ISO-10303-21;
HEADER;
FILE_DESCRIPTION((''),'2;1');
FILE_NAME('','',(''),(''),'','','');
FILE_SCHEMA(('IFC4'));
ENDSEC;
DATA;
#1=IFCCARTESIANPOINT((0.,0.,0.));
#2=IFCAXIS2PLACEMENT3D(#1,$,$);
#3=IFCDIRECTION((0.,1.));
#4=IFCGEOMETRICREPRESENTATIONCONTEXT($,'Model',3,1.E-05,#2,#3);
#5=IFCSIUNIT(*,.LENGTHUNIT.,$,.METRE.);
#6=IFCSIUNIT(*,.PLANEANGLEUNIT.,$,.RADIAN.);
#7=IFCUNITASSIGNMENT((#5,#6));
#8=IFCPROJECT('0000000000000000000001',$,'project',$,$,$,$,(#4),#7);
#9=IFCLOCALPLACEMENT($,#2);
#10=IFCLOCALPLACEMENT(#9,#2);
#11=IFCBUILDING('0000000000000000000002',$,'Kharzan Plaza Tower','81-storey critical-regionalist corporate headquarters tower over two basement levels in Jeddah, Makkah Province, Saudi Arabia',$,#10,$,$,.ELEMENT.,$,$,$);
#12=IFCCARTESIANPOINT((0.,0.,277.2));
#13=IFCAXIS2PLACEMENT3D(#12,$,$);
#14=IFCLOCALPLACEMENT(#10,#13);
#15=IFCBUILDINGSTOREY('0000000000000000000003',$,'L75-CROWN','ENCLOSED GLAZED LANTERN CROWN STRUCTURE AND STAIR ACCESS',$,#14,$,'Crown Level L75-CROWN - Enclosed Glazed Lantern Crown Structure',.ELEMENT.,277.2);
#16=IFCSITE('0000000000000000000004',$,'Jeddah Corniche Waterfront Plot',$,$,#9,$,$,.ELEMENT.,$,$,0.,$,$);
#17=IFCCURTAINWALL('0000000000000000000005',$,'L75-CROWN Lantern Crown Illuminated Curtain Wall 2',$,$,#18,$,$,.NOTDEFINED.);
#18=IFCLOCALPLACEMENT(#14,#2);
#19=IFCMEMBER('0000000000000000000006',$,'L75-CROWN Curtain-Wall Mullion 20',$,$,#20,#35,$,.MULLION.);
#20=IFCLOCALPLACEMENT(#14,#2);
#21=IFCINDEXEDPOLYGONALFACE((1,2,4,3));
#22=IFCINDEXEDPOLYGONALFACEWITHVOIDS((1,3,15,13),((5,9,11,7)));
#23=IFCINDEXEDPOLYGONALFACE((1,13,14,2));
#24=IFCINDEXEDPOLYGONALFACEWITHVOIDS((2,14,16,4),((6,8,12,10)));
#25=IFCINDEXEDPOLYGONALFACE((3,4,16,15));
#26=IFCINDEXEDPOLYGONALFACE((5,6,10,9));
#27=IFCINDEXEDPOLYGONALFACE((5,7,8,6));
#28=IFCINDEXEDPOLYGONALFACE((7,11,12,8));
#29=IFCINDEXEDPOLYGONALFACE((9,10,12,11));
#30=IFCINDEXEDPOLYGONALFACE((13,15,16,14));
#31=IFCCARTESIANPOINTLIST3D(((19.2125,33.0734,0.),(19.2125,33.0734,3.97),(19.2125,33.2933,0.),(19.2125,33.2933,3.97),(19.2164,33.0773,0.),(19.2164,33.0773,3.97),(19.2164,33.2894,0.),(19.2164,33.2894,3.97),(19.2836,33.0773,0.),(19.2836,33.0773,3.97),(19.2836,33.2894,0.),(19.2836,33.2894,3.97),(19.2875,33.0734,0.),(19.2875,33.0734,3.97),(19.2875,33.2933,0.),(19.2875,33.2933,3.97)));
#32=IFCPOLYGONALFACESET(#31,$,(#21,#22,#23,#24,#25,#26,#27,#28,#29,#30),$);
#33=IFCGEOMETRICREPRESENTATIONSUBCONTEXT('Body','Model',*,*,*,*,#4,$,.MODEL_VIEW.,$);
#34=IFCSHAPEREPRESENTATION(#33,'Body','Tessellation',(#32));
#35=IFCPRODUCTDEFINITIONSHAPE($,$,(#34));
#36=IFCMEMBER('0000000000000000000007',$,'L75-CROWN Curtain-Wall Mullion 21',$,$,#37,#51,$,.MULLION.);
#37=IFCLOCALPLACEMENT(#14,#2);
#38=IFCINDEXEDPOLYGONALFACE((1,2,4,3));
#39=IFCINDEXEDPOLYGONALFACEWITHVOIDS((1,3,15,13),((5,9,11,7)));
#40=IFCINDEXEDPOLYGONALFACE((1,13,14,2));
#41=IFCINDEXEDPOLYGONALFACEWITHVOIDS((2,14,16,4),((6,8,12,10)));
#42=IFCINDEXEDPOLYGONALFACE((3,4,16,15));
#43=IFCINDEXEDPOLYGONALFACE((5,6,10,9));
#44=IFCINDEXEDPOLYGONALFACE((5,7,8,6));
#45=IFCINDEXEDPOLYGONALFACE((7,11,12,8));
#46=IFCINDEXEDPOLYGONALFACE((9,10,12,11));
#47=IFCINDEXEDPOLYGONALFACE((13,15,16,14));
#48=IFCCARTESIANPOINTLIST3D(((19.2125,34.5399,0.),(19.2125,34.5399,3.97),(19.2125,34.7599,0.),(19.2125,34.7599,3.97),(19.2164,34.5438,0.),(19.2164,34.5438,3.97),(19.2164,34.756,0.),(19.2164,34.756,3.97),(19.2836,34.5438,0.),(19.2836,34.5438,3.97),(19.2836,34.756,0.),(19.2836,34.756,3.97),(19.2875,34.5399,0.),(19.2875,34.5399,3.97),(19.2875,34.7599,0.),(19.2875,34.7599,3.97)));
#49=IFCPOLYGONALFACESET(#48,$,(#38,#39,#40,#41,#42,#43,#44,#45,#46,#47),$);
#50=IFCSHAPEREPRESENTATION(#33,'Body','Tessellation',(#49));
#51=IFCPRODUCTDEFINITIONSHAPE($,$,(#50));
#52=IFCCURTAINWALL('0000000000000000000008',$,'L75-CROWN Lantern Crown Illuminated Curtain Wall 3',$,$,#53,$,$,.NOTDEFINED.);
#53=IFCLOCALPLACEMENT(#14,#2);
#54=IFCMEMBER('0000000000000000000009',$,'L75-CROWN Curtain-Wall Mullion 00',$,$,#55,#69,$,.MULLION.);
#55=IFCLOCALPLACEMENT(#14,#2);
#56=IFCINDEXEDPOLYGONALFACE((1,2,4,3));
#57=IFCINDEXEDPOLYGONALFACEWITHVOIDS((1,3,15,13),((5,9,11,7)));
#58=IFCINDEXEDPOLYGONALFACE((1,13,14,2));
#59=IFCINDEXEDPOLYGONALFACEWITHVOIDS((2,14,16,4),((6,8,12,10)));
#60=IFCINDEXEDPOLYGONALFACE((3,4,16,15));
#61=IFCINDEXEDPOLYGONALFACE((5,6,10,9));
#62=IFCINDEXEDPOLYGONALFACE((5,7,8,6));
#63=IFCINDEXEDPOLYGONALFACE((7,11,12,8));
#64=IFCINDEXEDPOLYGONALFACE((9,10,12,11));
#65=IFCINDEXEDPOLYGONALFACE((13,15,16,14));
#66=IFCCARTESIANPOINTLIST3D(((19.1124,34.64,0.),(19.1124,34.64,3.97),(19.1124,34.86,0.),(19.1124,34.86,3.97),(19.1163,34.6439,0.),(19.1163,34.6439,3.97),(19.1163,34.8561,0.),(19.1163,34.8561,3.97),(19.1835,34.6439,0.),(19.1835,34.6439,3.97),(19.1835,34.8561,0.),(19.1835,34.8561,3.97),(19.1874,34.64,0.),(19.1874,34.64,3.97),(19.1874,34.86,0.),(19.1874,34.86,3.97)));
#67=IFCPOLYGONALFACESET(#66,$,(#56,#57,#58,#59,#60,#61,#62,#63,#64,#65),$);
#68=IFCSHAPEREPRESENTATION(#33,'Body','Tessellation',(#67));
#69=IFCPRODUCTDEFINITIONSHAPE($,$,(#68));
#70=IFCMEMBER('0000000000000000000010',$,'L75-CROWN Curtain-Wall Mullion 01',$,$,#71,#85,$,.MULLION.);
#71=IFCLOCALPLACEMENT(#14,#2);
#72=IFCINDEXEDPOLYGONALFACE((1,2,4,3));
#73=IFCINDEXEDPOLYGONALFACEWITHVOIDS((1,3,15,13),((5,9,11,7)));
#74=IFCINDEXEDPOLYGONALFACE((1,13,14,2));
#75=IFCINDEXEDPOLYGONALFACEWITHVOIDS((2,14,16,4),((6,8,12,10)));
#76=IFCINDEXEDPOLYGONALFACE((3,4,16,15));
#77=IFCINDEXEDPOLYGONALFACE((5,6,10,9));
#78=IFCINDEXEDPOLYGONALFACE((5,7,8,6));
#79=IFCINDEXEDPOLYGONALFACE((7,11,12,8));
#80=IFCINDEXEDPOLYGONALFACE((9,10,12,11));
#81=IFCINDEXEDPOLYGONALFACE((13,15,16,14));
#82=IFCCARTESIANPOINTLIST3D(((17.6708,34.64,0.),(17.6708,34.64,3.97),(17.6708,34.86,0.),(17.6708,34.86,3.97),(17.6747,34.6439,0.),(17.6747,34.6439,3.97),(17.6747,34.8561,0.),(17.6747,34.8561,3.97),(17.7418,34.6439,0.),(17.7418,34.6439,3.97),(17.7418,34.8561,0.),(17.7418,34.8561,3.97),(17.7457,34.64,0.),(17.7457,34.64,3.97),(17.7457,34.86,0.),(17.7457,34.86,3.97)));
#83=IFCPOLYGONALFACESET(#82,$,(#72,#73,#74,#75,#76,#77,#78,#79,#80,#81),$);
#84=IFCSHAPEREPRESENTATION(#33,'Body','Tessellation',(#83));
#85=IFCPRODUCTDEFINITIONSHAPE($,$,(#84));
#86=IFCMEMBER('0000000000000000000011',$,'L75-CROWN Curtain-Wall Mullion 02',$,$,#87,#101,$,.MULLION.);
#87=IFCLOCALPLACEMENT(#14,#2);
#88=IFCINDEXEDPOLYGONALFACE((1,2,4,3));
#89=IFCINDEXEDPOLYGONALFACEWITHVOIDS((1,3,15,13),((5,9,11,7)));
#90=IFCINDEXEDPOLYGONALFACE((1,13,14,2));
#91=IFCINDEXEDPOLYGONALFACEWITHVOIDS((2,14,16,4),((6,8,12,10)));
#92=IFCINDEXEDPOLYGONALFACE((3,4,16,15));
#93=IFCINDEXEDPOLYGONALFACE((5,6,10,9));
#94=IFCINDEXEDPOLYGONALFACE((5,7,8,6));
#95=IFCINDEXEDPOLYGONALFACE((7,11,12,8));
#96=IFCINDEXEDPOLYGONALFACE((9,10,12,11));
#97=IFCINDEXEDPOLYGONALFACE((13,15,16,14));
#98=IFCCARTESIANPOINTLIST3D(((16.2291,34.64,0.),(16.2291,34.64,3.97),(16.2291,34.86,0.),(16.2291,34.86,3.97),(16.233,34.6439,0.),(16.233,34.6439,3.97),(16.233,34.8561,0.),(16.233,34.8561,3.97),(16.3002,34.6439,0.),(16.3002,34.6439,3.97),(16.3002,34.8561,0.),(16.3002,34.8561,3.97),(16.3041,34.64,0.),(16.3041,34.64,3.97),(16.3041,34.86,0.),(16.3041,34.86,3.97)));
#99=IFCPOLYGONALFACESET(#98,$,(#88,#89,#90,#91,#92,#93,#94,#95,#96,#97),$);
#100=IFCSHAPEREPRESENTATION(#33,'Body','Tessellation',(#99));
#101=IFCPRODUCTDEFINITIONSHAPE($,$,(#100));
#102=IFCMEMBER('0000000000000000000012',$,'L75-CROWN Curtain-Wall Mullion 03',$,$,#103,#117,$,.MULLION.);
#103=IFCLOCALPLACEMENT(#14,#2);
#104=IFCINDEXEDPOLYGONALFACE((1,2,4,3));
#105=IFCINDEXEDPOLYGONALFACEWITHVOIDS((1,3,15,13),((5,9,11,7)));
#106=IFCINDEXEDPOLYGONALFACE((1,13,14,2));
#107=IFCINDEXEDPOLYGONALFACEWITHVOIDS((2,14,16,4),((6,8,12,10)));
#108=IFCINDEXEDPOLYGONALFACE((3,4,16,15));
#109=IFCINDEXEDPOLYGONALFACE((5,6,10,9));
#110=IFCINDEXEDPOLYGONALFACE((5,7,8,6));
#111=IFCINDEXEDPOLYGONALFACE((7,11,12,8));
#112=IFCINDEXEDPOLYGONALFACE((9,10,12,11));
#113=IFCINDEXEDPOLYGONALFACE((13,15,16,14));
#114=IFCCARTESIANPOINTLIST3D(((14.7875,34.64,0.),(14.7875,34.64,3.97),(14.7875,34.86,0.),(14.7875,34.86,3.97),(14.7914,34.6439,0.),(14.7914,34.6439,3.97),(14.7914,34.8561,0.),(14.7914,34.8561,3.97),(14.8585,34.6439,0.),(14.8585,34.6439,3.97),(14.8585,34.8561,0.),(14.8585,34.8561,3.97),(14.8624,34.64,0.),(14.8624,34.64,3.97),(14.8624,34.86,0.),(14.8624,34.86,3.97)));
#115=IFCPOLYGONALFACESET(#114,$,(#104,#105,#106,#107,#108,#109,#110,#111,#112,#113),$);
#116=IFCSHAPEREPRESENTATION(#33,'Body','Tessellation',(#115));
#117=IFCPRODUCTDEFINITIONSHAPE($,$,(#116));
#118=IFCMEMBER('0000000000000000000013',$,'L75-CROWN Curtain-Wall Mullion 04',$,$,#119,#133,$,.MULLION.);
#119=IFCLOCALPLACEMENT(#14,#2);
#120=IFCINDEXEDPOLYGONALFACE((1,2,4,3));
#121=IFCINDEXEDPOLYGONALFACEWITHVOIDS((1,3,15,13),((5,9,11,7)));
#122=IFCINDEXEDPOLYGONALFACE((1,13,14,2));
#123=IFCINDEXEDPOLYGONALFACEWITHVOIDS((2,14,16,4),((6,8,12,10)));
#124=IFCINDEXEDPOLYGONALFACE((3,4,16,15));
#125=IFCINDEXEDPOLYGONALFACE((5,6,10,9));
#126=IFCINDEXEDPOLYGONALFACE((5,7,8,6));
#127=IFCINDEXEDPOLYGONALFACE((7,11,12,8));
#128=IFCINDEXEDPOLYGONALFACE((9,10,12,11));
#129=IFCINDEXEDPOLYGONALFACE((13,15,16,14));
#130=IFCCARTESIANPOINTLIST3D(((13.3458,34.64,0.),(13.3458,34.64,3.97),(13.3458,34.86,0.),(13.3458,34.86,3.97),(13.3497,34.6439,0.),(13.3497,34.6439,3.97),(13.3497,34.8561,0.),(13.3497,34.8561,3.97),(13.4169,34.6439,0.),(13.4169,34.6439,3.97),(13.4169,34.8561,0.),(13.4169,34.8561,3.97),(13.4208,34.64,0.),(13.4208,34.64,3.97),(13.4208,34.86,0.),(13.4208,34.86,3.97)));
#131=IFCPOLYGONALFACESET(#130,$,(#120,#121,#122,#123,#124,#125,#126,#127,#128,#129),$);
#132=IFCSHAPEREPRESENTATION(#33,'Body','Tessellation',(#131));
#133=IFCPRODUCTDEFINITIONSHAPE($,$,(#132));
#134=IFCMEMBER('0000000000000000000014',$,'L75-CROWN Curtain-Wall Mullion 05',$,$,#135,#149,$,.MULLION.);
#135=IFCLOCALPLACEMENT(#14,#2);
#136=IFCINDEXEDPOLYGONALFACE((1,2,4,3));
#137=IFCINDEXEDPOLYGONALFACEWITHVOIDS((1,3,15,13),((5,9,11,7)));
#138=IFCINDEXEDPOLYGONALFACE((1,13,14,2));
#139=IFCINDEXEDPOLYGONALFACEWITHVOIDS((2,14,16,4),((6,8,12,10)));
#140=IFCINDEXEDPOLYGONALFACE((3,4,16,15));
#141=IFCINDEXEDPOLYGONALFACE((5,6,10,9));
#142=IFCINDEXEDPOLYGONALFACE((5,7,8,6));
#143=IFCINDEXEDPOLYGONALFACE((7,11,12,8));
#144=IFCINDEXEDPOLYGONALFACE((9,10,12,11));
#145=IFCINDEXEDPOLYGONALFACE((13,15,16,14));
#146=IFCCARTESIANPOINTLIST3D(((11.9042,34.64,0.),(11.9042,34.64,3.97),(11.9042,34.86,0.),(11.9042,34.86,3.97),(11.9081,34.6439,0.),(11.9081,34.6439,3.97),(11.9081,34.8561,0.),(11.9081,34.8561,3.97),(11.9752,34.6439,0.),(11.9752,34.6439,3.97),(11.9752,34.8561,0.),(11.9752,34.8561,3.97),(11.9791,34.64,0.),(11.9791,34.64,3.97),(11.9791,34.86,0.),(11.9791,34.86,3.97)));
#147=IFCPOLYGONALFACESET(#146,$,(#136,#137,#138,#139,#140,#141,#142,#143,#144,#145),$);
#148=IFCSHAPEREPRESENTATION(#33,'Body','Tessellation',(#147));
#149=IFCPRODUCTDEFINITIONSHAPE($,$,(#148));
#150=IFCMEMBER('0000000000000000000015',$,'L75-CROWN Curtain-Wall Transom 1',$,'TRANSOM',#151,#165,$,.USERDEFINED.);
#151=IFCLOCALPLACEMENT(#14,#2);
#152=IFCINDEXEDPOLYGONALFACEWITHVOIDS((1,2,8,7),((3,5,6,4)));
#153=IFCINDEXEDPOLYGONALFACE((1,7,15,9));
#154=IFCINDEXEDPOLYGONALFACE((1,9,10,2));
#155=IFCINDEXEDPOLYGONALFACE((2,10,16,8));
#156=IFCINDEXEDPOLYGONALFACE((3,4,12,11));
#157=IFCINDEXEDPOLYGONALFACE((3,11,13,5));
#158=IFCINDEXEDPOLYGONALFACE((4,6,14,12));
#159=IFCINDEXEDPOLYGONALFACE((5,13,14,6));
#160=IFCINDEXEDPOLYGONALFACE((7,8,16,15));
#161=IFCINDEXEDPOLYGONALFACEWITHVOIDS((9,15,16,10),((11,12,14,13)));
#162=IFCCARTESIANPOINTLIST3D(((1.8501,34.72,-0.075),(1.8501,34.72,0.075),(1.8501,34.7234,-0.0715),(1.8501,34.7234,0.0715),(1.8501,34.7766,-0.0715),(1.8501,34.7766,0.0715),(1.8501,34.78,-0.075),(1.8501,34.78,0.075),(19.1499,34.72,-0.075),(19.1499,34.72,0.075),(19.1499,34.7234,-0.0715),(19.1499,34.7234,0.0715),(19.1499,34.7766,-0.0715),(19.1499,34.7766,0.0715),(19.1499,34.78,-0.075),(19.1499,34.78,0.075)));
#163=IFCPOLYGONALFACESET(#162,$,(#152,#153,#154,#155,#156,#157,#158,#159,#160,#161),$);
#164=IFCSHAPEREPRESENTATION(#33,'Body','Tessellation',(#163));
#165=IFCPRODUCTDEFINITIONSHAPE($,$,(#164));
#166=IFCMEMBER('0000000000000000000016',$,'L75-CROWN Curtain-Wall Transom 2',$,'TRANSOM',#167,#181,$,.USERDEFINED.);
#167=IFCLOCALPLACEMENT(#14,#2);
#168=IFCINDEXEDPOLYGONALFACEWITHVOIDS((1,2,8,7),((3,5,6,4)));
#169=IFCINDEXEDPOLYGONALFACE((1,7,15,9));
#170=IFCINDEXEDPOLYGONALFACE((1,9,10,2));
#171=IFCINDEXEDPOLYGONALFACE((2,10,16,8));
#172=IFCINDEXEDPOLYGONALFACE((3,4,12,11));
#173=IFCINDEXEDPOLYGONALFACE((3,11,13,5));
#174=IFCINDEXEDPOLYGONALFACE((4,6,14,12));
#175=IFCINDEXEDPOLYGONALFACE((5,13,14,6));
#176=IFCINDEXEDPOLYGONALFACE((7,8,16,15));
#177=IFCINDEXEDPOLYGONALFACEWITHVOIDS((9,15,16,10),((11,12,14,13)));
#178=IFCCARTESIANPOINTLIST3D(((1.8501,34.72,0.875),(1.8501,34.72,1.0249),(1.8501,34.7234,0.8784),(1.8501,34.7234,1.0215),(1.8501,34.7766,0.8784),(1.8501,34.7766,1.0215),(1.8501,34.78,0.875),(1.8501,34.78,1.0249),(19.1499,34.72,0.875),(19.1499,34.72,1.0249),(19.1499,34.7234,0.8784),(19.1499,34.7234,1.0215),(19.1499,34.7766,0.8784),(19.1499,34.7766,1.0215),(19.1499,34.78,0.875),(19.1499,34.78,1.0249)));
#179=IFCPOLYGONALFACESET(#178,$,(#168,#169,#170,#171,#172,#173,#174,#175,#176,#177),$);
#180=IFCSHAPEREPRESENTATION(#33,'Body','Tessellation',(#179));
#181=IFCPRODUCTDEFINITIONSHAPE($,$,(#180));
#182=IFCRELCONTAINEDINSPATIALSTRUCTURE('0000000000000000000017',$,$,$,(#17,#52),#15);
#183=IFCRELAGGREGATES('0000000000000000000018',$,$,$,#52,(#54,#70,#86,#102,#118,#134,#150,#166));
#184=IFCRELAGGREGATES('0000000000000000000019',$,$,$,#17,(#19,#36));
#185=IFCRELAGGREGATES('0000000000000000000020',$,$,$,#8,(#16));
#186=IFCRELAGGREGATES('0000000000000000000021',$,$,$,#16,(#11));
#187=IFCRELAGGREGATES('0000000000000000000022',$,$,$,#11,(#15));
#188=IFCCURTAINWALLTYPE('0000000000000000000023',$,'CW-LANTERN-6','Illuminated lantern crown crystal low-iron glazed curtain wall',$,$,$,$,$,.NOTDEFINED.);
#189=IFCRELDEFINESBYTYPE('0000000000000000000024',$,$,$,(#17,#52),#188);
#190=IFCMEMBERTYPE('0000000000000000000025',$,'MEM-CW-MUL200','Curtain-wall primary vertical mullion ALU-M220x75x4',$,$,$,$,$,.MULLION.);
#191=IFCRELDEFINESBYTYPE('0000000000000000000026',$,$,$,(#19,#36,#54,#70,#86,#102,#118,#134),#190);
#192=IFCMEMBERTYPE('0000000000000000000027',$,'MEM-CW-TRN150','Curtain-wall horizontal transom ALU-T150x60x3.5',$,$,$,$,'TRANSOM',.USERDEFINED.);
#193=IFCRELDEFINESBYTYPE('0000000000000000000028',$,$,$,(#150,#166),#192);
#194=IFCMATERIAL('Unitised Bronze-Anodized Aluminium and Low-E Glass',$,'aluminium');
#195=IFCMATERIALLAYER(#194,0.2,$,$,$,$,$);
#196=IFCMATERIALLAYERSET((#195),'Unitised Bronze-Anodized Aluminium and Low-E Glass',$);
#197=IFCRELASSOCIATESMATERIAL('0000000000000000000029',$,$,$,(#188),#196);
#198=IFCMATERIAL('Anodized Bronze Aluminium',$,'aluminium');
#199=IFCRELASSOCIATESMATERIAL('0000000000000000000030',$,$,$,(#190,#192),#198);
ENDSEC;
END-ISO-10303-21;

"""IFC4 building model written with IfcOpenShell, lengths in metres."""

from ifc_helpers import new_model, si_unit, direction, frame, origin, origin_2d, place, context, subcontext, project, spatial, hollow_rectangle, extrude, source, transform, mapped, material, layer, layer_set, material_profile, profile_set, type_object, element, aggregate, save


model = new_model("IFC4")

# Units and contexts
model_context = context("Model", 3, precision=1e-05, world=origin(), true_north=direction((0.0, 1.0)))
body_context = subcontext(model_context, "Body", "Model", "MODEL_VIEW")
ifc_project = project(units=[si_unit("LENGTHUNIT", "METRE"), si_unit("PLANEANGLEUNIT", "RADIAN")], contexts=[model_context])

# Site, building, storey
site_placement = place(None, origin())
site = spatial("IfcSite", under=ifc_project, at=site_placement, Name="Jeddah Corniche Waterfront Plot", CompositionType="ELEMENT", RefElevation=0.0)
building_placement = place(site_placement, origin())
building = spatial("IfcBuilding", under=site, at=building_placement, Name="Kharzan Plaza Tower", Description="81-storey critical-regionalist corporate headquarters tower over two basement levels in Jeddah, Makkah Province, Saudi Arabia", CompositionType="ELEMENT")
storey_placement = place(building_placement, frame((0.0, 0.0, 277.2)))
storey = spatial("IfcBuildingStorey", under=building, at=storey_placement, Name="L75-CROWN", Description="ENCLOSED GLAZED LANTERN CROWN STRUCTURE AND STAIR ACCESS", LongName="Crown Level L75-CROWN - Enclosed Glazed Lantern Crown Structure", CompositionType="ELEMENT", Elevation=277.2)

# Curtain wall, members
ifc_material_1 = material(Name="Unitised Bronze-Anodized Aluminium and Low-E Glass", Category="aluminium")
ifc_layer_1 = layer(ifc_material_1, 0.2)
ifc_layer_set_1 = layer_set([ifc_layer_1], Name="Unitised Bronze-Anodized Aluminium and Low-E Glass")
curtain_wall_type = type_object("IfcCurtainWallType", Name="CW-LANTERN-6", Description="Illuminated lantern crown crystal low-iron glazed curtain wall", PredefinedType="NOTDEFINED", material=ifc_layer_set_1)
curtain_wall_1_placement = place(storey_placement, origin())
curtain_wall_1 = element("IfcCurtainWall", 1, at=curtain_wall_1_placement, inside=storey, type_object=curtain_wall_type, Name="L75-CROWN Lantern Crown Illuminated Curtain Wall 2", PredefinedType="NOTDEFINED")
ifc_material_2 = material(Name="Anodized Bronze Aluminium", Category="aluminium")
ifc_material_profile_1 = material_profile(ifc_material_2, hollow_rectangle(XDim=0.075, YDim=0.22, WallThickness=0.0039, at=origin_2d()), Name="ALU-M220x75x4")
ifc_profile_set_1 = profile_set([ifc_material_profile_1], Name="Anodized Bronze Aluminium")
member_type_1 = type_object("IfcMemberType", Name="MEM-CW-MUL200", Description="Curtain-wall primary vertical mullion ALU-M220x75x4", PredefinedType="MULLION", material=ifc_profile_set_1)
shared_shape_1 = source(origin(), body_context, "Body", "SweptSolid", [
    extrude(hollow_rectangle(XDim=0.075, YDim=0.22, WallThickness=0.0039, at=origin_2d()), origin(), (0.0, 0.0, 1.0), 3.97),
])
member_1_placement = place(storey_placement, frame((19.25, 33.1833, 0.0), z_axis=(0.0, 0.0, 1.0), x_axis=(1.0, 0.0, 0.0)))
member_1 = element("IfcMember", 2, at=member_1_placement, type_object=member_type_1, Name="L75-CROWN Curtain-Wall Mullion 20", PredefinedType="MULLION", context=body_context, shape_type="MappedRepresentation", body=[
    mapped(shared_shape_1, transform((0.0, 0.0, 0.0), x_axis=(1.0, 0.0, 0.0), y_axis=(0.0, 1.0, 0.0), z_axis=(0.0, 0.0, 1.0))),
])
member_2_placement = place(storey_placement, frame((19.25, 34.6499, 0.0), z_axis=(0.0, 0.0, 1.0), x_axis=(1.0, 0.0, 0.0)))
member_2 = element("IfcMember", 3, at=member_2_placement, type_object=member_type_1, Name="L75-CROWN Curtain-Wall Mullion 21", PredefinedType="MULLION", context=body_context, shape_type="MappedRepresentation", body=[
    mapped(shared_shape_1, transform((0.0, 0.0, 0.0), x_axis=(1.0, 0.0, 0.0), y_axis=(0.0, 1.0, 0.0), z_axis=(0.0, 0.0, 1.0))),
])

# Curtain wall, members
curtain_wall_2_placement = place(storey_placement, origin())
curtain_wall_2 = element("IfcCurtainWall", 4, at=curtain_wall_2_placement, inside=storey, type_object=curtain_wall_type, Name="L75-CROWN Lantern Crown Illuminated Curtain Wall 3", PredefinedType="NOTDEFINED")
member_3_placement = place(storey_placement, frame((19.1499, 34.75, 0.0), z_axis=(0.0, 0.0, 1.0), x_axis=(1.0, 0.0, 0.0)))
member_3 = element("IfcMember", 5, at=member_3_placement, type_object=member_type_1, Name="L75-CROWN Curtain-Wall Mullion 00", PredefinedType="MULLION", context=body_context, shape_type="MappedRepresentation", body=[
    mapped(shared_shape_1, transform((0.0, 0.0, 0.0), x_axis=(1.0, 0.0, 0.0), y_axis=(0.0, 1.0, 0.0), z_axis=(0.0, 0.0, 1.0))),
])
member_4_placement = place(storey_placement, frame((17.7083, 34.75, 0.0), z_axis=(0.0, 0.0, 1.0), x_axis=(1.0, 0.0, 0.0)))
member_4 = element("IfcMember", 6, at=member_4_placement, type_object=member_type_1, Name="L75-CROWN Curtain-Wall Mullion 01", PredefinedType="MULLION", context=body_context, shape_type="MappedRepresentation", body=[
    mapped(shared_shape_1, transform((0.0, 0.0, 0.0), x_axis=(1.0, 0.0, 0.0), y_axis=(0.0, 1.0, 0.0), z_axis=(0.0, 0.0, 1.0))),
])
member_5_placement = place(storey_placement, frame((16.2666, 34.75, 0.0), z_axis=(0.0, 0.0, 1.0), x_axis=(1.0, 0.0, 0.0)))
member_5 = element("IfcMember", 7, at=member_5_placement, type_object=member_type_1, Name="L75-CROWN Curtain-Wall Mullion 02", PredefinedType="MULLION", context=body_context, shape_type="MappedRepresentation", body=[
    mapped(shared_shape_1, transform((0.0, 0.0, 0.0), x_axis=(1.0, 0.0, 0.0), y_axis=(0.0, 1.0, 0.0), z_axis=(0.0, 0.0, 1.0))),
])
member_6_placement = place(storey_placement, frame((14.825, 34.75, 0.0), z_axis=(0.0, 0.0, 1.0), x_axis=(1.0, 0.0, 0.0)))
member_6 = element("IfcMember", 8, at=member_6_placement, type_object=member_type_1, Name="L75-CROWN Curtain-Wall Mullion 03", PredefinedType="MULLION", context=body_context, shape_type="MappedRepresentation", body=[
    mapped(shared_shape_1, transform((0.0, 0.0, 0.0), x_axis=(1.0, 0.0, 0.0), y_axis=(0.0, 1.0, 0.0), z_axis=(0.0, 0.0, 1.0))),
])
member_7_placement = place(storey_placement, frame((13.3833, 34.75, 0.0), z_axis=(0.0, 0.0, 1.0), x_axis=(1.0, 0.0, 0.0)))
member_7 = element("IfcMember", 9, at=member_7_placement, type_object=member_type_1, Name="L75-CROWN Curtain-Wall Mullion 04", PredefinedType="MULLION", context=body_context, shape_type="MappedRepresentation", body=[
    mapped(shared_shape_1, transform((0.0, 0.0, 0.0), x_axis=(1.0, 0.0, 0.0), y_axis=(0.0, 1.0, 0.0), z_axis=(0.0, 0.0, 1.0))),
])
member_8_placement = place(storey_placement, frame((11.9417, 34.75, 0.0), z_axis=(0.0, 0.0, 1.0), x_axis=(1.0, 0.0, 0.0)))
member_8 = element("IfcMember", 10, at=member_8_placement, type_object=member_type_1, Name="L75-CROWN Curtain-Wall Mullion 05", PredefinedType="MULLION", context=body_context, shape_type="MappedRepresentation", body=[
    mapped(shared_shape_1, transform((0.0, 0.0, 0.0), x_axis=(1.0, 0.0, 0.0), y_axis=(0.0, 1.0, 0.0), z_axis=(0.0, 0.0, 1.0))),
])
ifc_material_profile_2 = material_profile(ifc_material_2, hollow_rectangle(XDim=0.0601, YDim=0.1499, WallThickness=0.0034, at=origin_2d()), Name="ALU-T150x60x3.5")
ifc_profile_set_2 = profile_set([ifc_material_profile_2], Name="Anodized Bronze Aluminium")
member_type_2 = type_object("IfcMemberType", Name="MEM-CW-TRN150", Description="Curtain-wall horizontal transom ALU-T150x60x3.5", ElementType="TRANSOM", PredefinedType="USERDEFINED", material=ifc_profile_set_2)
shared_shape_2 = source(origin(), body_context, "Body", "SweptSolid", [
    extrude(hollow_rectangle(XDim=0.0601, YDim=0.1499, WallThickness=0.0034, at=origin_2d()), origin(), (0.0, 0.0, 1.0), 17.2998),
])
member_9_placement = place(storey_placement, frame((19.1499, 34.75, 0.0), z_axis=(-1.0, 0.0, 0.0), x_axis=(0.0, -1.0, 0.0)))
member_9 = element("IfcMember", 11, at=member_9_placement, type_object=member_type_2, Name="L75-CROWN Curtain-Wall Transom 1", ObjectType="TRANSOM", PredefinedType="USERDEFINED", context=body_context, shape_type="MappedRepresentation", body=[
    mapped(shared_shape_2, transform((0.0, 0.0, 0.0), x_axis=(1.0, 0.0, 0.0), y_axis=(0.0, 1.0, 0.0), z_axis=(0.0, 0.0, 1.0))),
])
member_10_placement = place(storey_placement, frame((19.1499, 34.75, 0.95), z_axis=(-1.0, 0.0, 0.0), x_axis=(0.0, -1.0, 0.0)))
member_10 = element("IfcMember", 12, at=member_10_placement, type_object=member_type_2, Name="L75-CROWN Curtain-Wall Transom 2", ObjectType="TRANSOM", PredefinedType="USERDEFINED", context=body_context, shape_type="MappedRepresentation", body=[
    mapped(shared_shape_2, transform((0.0, 0.0, 0.0), x_axis=(1.0, 0.0, 0.0), y_axis=(0.0, 1.0, 0.0), z_axis=(0.0, 0.0, 1.0))),
])
aggregate(curtain_wall_2, [member_3, member_4, member_5, member_6, member_7, member_8, member_9, member_10])

aggregate(curtain_wall_1, [member_1, member_2])

save(model, "model.ifc")
